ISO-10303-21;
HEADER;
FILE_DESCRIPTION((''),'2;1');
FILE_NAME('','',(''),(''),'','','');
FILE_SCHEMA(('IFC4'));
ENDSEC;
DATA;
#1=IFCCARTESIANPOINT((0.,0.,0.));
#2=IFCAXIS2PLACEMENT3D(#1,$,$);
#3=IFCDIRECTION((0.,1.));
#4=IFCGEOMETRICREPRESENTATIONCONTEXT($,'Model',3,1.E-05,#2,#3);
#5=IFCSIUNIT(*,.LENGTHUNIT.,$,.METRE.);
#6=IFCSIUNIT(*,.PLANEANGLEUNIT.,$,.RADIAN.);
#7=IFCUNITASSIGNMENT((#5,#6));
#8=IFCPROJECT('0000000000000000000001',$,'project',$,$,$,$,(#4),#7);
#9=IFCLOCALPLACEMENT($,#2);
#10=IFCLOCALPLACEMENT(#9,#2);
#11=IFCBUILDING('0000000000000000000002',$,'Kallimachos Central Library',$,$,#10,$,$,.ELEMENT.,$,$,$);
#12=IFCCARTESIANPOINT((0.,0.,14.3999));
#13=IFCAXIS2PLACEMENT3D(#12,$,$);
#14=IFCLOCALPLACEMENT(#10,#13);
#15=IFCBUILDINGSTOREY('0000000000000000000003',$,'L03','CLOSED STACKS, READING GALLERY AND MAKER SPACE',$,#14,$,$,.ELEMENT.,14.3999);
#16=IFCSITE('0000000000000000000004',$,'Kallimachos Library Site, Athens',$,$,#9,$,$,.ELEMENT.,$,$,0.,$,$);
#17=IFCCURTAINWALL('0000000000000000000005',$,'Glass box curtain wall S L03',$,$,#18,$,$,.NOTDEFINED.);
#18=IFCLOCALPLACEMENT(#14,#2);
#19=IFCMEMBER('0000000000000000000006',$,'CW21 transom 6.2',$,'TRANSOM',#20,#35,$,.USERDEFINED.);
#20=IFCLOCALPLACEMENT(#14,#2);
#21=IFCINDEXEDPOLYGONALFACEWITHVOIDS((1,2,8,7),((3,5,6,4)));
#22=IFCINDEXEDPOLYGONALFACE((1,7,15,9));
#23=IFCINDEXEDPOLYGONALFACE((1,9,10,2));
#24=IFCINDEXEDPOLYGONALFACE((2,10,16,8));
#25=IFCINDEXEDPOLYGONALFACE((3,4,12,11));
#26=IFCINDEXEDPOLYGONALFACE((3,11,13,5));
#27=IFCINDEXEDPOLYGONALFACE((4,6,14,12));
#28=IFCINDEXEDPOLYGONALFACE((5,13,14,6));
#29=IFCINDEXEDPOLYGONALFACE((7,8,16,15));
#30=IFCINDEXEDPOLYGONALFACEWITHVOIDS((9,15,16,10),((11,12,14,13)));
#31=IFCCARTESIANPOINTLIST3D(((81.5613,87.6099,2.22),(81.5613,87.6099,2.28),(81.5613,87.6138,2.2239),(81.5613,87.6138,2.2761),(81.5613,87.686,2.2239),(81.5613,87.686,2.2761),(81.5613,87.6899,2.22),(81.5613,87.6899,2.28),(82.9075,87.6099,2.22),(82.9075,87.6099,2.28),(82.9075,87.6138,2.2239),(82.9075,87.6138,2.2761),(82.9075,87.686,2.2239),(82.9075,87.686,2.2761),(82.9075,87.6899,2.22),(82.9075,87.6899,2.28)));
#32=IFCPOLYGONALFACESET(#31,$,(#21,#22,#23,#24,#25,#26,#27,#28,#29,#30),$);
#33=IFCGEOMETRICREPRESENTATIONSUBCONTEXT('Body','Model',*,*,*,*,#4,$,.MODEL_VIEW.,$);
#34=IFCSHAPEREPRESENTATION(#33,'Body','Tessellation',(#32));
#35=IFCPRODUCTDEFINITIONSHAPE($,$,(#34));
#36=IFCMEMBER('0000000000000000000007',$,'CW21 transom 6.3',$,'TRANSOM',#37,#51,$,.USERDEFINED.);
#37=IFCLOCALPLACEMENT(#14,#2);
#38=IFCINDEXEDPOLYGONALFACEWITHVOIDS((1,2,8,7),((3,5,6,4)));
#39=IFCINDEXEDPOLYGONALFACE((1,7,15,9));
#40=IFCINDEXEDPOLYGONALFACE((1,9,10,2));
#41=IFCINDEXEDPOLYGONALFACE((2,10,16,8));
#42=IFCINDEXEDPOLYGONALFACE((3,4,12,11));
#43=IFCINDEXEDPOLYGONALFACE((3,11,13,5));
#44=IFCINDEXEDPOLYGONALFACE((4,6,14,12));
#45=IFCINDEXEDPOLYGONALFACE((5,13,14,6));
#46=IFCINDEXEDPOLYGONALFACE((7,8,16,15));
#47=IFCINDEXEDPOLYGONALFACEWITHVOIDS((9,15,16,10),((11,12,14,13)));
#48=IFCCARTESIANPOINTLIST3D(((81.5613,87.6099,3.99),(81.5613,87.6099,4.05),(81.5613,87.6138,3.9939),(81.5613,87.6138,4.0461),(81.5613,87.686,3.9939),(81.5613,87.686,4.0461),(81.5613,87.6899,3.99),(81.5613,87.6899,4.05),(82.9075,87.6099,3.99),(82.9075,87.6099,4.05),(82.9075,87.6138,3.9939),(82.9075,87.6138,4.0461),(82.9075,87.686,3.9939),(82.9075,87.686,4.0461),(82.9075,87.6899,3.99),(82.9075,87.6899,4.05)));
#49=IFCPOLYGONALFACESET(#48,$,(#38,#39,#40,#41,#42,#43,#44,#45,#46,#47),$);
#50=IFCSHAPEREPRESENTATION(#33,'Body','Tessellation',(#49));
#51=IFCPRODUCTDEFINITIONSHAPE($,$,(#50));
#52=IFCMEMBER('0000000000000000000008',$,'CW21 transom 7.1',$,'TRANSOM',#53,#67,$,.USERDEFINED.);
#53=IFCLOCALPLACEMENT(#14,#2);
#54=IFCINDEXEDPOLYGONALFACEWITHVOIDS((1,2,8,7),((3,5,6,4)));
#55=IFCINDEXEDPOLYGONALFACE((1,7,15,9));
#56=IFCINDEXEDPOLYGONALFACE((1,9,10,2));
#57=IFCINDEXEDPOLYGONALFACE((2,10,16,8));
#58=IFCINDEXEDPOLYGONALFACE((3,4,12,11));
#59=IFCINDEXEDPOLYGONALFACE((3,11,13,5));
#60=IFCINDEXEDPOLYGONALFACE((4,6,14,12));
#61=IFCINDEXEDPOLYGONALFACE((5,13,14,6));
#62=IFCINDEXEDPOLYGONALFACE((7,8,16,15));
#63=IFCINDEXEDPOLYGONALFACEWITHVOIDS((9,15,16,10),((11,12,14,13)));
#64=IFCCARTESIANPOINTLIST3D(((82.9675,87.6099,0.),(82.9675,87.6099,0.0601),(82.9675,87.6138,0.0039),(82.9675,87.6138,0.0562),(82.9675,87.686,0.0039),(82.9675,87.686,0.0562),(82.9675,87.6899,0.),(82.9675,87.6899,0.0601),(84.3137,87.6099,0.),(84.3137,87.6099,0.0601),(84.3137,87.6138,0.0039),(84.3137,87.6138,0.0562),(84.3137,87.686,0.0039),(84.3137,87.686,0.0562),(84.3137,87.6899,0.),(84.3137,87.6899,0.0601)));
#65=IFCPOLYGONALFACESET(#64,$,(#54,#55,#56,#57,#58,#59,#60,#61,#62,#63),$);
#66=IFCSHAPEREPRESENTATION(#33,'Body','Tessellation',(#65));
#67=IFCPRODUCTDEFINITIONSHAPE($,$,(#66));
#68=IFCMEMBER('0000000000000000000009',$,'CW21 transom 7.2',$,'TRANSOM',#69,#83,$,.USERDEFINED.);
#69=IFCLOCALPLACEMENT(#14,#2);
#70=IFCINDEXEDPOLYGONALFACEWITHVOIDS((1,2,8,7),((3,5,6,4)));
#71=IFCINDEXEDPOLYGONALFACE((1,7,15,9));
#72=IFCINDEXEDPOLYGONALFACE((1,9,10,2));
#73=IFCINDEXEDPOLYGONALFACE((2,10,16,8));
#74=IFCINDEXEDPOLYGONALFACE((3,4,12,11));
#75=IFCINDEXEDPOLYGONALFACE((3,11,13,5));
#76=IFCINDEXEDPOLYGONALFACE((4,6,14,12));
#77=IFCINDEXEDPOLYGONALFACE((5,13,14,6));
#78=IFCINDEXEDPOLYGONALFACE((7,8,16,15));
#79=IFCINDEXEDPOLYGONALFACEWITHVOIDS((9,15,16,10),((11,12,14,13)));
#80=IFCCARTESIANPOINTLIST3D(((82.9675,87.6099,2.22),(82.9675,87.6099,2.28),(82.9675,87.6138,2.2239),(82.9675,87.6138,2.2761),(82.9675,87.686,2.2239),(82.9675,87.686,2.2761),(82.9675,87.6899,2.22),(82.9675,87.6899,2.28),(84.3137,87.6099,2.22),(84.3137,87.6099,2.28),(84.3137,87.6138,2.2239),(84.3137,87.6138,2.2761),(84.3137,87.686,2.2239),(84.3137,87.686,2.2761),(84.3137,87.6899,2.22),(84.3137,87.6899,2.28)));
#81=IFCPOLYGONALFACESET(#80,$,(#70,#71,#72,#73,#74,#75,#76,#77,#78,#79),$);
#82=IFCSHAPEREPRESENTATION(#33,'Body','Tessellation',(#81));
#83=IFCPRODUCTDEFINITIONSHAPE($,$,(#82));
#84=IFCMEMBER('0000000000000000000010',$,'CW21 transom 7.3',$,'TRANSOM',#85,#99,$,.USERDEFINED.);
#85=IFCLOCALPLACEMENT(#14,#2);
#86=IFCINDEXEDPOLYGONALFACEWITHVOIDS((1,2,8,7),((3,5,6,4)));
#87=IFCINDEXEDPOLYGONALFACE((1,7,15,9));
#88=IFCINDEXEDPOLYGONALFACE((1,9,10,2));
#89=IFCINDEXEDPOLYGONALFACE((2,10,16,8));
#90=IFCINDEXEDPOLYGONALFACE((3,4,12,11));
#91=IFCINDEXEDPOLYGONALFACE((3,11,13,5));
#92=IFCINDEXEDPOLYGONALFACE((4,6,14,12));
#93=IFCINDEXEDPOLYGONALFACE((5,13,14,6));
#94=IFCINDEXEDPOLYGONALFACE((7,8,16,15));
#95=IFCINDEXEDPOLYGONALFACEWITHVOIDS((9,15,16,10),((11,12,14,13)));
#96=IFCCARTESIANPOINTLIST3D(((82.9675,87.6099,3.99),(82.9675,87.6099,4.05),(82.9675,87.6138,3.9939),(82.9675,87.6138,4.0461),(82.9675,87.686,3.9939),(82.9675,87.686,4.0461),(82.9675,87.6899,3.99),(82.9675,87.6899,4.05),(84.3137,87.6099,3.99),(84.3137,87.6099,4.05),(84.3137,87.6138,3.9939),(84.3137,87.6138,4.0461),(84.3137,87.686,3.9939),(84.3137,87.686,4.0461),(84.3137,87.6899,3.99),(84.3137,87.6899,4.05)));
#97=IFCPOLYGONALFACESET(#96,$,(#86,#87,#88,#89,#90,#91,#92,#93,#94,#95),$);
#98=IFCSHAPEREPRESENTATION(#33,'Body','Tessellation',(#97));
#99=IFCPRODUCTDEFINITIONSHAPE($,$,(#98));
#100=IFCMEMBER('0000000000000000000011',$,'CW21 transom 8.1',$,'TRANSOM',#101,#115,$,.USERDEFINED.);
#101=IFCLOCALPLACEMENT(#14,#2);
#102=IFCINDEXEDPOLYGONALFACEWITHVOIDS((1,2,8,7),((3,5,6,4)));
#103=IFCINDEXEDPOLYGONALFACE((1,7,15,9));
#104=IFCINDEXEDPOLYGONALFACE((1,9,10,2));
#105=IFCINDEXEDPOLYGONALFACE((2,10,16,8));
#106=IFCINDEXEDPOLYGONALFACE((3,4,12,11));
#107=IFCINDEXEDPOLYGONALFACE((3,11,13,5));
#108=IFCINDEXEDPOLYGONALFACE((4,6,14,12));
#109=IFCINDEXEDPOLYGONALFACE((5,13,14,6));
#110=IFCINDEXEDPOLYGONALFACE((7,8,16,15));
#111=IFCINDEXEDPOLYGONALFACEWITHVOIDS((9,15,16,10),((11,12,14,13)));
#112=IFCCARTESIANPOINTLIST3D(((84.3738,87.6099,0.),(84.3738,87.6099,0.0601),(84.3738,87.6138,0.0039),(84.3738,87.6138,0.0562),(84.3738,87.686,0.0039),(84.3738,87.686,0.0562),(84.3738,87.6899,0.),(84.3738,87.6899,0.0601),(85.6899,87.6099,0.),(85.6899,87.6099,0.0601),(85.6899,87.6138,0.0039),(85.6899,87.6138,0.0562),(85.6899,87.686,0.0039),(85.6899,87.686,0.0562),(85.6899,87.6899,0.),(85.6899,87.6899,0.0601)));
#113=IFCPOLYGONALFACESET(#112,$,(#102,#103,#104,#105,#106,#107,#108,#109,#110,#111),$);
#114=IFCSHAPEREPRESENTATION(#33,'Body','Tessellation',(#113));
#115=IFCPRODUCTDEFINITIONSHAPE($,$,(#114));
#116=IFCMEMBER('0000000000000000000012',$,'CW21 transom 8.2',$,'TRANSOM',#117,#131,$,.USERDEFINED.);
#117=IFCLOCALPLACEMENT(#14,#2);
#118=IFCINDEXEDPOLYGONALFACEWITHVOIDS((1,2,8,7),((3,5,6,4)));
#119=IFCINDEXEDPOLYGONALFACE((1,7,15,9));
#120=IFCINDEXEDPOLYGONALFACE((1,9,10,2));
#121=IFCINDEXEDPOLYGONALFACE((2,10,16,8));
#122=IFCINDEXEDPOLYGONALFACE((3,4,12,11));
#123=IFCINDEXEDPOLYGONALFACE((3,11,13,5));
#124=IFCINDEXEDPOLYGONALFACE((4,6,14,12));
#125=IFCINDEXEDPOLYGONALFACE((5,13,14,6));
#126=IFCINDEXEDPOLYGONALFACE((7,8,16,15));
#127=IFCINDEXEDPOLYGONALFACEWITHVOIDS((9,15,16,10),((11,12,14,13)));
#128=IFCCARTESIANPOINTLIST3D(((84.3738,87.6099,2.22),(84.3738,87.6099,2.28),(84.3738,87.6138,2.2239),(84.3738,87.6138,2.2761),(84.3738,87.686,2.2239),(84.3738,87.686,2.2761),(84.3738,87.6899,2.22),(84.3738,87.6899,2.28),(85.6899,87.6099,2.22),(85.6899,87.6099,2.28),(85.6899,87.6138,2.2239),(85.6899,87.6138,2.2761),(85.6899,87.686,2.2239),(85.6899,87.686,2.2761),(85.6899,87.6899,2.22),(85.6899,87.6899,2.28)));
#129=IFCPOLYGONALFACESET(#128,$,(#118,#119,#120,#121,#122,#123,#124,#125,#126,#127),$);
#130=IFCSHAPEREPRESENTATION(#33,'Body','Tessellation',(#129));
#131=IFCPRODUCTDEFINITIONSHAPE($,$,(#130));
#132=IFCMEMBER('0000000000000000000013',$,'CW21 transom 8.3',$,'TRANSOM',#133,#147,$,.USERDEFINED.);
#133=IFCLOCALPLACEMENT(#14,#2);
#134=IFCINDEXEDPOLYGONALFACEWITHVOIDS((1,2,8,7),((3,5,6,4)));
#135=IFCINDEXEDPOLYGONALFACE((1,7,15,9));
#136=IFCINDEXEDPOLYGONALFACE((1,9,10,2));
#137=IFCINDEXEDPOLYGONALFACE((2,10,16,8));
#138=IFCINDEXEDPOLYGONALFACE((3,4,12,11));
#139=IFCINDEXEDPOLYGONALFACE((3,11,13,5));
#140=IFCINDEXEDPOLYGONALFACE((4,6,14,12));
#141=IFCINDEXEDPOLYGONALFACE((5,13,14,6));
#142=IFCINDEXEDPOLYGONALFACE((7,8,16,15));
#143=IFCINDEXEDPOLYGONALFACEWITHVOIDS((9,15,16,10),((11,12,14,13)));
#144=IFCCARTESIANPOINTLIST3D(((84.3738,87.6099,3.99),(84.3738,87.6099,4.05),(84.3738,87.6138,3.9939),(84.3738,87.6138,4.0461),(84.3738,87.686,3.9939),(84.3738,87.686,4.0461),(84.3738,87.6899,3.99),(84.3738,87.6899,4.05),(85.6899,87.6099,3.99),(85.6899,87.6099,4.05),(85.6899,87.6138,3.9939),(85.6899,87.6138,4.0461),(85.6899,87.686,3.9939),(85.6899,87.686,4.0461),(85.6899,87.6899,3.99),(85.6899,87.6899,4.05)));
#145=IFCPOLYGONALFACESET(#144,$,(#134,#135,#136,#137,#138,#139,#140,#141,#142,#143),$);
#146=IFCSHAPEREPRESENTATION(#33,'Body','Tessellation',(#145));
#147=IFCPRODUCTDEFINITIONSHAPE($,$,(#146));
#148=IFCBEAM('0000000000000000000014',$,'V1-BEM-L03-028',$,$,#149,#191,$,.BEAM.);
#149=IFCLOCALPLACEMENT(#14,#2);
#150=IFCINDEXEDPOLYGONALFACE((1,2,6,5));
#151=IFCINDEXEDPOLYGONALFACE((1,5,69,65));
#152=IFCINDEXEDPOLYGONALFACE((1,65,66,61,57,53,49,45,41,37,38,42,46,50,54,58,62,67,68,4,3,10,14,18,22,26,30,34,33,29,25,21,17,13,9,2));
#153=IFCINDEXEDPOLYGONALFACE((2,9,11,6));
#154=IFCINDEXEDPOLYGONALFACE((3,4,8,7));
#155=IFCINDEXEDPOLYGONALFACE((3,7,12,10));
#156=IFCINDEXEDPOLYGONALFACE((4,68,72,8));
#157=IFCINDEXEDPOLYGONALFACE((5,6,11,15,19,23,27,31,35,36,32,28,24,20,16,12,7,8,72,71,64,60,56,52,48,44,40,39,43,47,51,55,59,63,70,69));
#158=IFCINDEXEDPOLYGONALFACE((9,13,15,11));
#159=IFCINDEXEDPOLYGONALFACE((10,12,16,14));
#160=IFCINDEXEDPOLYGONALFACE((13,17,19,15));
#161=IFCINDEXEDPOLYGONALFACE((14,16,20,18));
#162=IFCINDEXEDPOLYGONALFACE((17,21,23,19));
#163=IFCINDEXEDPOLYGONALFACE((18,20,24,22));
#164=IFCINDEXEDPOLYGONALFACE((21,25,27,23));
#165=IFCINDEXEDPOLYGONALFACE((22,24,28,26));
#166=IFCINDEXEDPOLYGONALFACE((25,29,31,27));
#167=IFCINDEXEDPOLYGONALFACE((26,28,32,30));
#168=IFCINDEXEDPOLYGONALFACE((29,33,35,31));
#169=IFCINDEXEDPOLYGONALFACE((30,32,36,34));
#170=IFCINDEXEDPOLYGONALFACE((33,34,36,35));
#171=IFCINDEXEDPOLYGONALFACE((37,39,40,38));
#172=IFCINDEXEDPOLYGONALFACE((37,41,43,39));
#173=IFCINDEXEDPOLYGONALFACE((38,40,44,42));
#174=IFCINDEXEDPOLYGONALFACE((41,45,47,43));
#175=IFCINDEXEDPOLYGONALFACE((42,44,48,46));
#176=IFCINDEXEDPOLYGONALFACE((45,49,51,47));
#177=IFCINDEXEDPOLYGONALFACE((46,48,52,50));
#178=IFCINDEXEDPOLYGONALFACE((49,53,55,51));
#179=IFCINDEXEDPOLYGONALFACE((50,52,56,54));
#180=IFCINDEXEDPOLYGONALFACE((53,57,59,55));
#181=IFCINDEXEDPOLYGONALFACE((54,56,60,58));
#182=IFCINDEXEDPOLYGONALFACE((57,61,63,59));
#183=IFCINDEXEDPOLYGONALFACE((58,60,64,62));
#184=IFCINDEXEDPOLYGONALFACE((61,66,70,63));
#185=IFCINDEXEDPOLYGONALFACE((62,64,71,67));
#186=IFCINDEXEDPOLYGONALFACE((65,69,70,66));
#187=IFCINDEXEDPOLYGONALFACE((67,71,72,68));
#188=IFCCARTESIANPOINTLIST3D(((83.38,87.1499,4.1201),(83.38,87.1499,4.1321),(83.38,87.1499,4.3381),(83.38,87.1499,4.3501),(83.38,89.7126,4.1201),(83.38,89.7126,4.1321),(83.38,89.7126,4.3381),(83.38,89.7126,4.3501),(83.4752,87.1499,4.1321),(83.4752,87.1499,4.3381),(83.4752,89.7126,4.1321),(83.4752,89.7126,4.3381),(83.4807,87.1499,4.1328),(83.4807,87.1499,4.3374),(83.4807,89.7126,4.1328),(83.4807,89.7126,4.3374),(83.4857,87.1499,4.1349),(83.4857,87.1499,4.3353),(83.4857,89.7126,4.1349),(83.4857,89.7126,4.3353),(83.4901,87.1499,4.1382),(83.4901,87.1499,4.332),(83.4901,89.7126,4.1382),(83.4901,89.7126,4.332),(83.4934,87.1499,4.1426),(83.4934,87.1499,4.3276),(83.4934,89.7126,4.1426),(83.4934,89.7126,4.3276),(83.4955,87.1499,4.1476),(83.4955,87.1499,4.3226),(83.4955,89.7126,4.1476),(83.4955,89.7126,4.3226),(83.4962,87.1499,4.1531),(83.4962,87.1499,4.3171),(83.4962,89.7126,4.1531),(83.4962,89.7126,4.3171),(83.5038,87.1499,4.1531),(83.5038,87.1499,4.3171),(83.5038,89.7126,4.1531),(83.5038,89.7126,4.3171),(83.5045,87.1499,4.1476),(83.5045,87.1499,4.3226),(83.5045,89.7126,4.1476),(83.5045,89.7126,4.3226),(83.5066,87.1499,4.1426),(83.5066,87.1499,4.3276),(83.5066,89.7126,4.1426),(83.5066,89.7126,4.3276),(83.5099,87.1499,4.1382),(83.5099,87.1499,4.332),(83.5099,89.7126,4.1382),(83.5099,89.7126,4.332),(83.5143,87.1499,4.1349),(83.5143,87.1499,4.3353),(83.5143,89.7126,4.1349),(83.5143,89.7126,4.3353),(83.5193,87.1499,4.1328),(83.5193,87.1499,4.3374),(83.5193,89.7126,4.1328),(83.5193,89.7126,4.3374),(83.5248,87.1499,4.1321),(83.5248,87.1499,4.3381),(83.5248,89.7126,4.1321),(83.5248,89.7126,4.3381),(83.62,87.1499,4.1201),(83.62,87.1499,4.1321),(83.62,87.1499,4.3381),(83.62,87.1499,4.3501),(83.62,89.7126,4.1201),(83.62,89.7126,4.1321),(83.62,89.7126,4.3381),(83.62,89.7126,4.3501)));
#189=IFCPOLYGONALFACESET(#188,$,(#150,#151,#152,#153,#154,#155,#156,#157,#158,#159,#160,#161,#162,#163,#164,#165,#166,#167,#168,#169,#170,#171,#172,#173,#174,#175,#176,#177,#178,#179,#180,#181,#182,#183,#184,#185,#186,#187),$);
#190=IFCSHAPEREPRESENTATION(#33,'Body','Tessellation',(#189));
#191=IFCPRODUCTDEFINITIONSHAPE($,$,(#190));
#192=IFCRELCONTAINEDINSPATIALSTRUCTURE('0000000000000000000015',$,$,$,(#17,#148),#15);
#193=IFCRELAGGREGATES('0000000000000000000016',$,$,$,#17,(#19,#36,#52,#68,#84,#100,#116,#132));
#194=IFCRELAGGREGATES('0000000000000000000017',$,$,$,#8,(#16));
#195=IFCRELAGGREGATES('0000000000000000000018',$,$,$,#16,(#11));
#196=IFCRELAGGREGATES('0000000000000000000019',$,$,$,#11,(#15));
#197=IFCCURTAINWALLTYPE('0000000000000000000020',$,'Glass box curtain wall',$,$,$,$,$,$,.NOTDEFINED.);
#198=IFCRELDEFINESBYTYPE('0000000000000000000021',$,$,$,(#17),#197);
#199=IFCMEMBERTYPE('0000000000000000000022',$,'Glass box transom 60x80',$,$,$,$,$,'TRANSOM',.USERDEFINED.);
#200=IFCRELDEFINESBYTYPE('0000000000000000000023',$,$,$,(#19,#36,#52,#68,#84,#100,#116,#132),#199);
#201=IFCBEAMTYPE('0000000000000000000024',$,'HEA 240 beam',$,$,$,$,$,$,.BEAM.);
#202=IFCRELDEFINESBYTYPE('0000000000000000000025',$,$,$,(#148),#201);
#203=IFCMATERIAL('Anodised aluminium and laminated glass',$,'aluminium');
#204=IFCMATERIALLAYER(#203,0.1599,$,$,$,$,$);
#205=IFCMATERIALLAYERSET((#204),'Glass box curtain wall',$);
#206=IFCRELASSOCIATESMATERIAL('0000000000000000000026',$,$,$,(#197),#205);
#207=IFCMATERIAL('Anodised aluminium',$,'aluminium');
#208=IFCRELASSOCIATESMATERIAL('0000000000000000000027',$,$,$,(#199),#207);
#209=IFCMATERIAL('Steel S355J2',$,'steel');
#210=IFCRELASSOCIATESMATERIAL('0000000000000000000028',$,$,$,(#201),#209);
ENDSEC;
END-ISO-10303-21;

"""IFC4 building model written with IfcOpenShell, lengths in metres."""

from ifc_helpers import new_model, si_unit, direction, frame, origin, origin_2d, place, context, subcontext, project, spatial, hollow_rectangle, i_section, extrude, material, layer, layer_set, material_profile, profile_set, type_object, element, aggregate, save


model = new_model("IFC4")

# Units and contexts
model_context = context("Model", 3, precision=1e-05, world=origin(), true_north=direction((0.0, 1.0)))
body_context = subcontext(model_context, "Body", "Model", "MODEL_VIEW")
ifc_project = project(units=[si_unit("LENGTHUNIT", "METRE"), si_unit("PLANEANGLEUNIT", "RADIAN")], contexts=[model_context])

# Site, building, storey
site_placement = place(None, origin())
site = spatial("IfcSite", under=ifc_project, at=site_placement, Name="Kallimachos Library Site, Athens", CompositionType="ELEMENT", RefElevation=0.0)
building_placement = place(site_placement, origin())
building = spatial("IfcBuilding", under=site, at=building_placement, Name="Kallimachos Central Library", CompositionType="ELEMENT")
storey_placement = place(building_placement, frame((0.0, 0.0, 14.3999)))
storey = spatial("IfcBuildingStorey", under=building, at=storey_placement, Name="L03", Description="CLOSED STACKS, READING GALLERY AND MAKER SPACE", CompositionType="ELEMENT", Elevation=14.3999)

# Curtain wall, members
ifc_material_1 = material(Name="Anodised aluminium and laminated glass", Category="aluminium")
ifc_layer_1 = layer(ifc_material_1, 0.1599)
ifc_layer_set_1 = layer_set([ifc_layer_1], Name="Glass box curtain wall")
curtain_wall_type_1 = type_object("IfcCurtainWallType", Name="Glass box curtain wall", PredefinedType="NOTDEFINED", material=ifc_layer_set_1)
curtain_wall_1_placement = place(storey_placement, origin())
curtain_wall_1 = element("IfcCurtainWall", 1, at=curtain_wall_1_placement, inside=storey, type_object=curtain_wall_type_1, Name="Glass box curtain wall S L03", PredefinedType="NOTDEFINED")
ifc_material_2 = material(Name="Anodised aluminium", Category="aluminium")
ifc_material_profile_1 = material_profile(ifc_material_2, hollow_rectangle(XDim=0.0601, YDim=0.0801, WallThickness=0.0039, at=origin_2d()), Name="ALU TRANSOM 60x80")
ifc_profile_set_1 = profile_set([ifc_material_profile_1], Name="Anodised aluminium")
member_type_1 = type_object("IfcMemberType", Name="Glass box transom 60x80", ElementType="TRANSOM", PredefinedType="USERDEFINED", material=ifc_profile_set_1)
member_1_placement = place(storey_placement, frame((81.5613, 87.6499, 2.25), z_axis=(1.0, 0.0, 0.0), x_axis=(0.0, 0.0, 1.0)))
member_1 = element("IfcMember", 2, at=member_1_placement, type_object=member_type_1, Name="CW21 transom 6.2", ObjectType="TRANSOM", PredefinedType="USERDEFINED", context=body_context, shape_type="SweptSolid", body=[
    extrude(hollow_rectangle(XDim=0.0601, YDim=0.0801, WallThickness=0.0039, at=origin_2d()), origin(), (0.0, 0.0, 1.0), 1.3462),
])
member_2_placement = place(storey_placement, frame((81.5613, 87.6499, 4.02), z_axis=(1.0, 0.0, 0.0), x_axis=(0.0, 0.0, 1.0)))
member_2 = element("IfcMember", 3, at=member_2_placement, type_object=member_type_1, Name="CW21 transom 6.3", ObjectType="TRANSOM", PredefinedType="USERDEFINED", context=body_context, shape_type="SweptSolid", body=[
    extrude(hollow_rectangle(XDim=0.0601, YDim=0.0801, WallThickness=0.0039, at=origin_2d()), origin(), (0.0, 0.0, 1.0), 1.3462),
])
member_3_placement = place(storey_placement, frame((82.9675, 87.6499, 0.03), z_axis=(1.0, 0.0, 0.0), x_axis=(0.0, 0.0, 1.0)))
member_3 = element("IfcMember", 4, at=member_3_placement, type_object=member_type_1, Name="CW21 transom 7.1", ObjectType="TRANSOM", PredefinedType="USERDEFINED", context=body_context, shape_type="SweptSolid", body=[
    extrude(hollow_rectangle(XDim=0.0601, YDim=0.0801, WallThickness=0.0039, at=origin_2d()), origin(), (0.0, 0.0, 1.0), 1.3462),
])
member_4_placement = place(storey_placement, frame((82.9675, 87.6499, 2.25), z_axis=(1.0, 0.0, 0.0), x_axis=(0.0, 0.0, 1.0)))
member_4 = element("IfcMember", 5, at=member_4_placement, type_object=member_type_1, Name="CW21 transom 7.2", ObjectType="TRANSOM", PredefinedType="USERDEFINED", context=body_context, shape_type="SweptSolid", body=[
    extrude(hollow_rectangle(XDim=0.0601, YDim=0.0801, WallThickness=0.0039, at=origin_2d()), origin(), (0.0, 0.0, 1.0), 1.3462),
])
member_5_placement = place(storey_placement, frame((82.9675, 87.6499, 4.02), z_axis=(1.0, 0.0, 0.0), x_axis=(0.0, 0.0, 1.0)))
member_5 = element("IfcMember", 6, at=member_5_placement, type_object=member_type_1, Name="CW21 transom 7.3", ObjectType="TRANSOM", PredefinedType="USERDEFINED", context=body_context, shape_type="SweptSolid", body=[
    extrude(hollow_rectangle(XDim=0.0601, YDim=0.0801, WallThickness=0.0039, at=origin_2d()), origin(), (0.0, 0.0, 1.0), 1.3462),
])
member_6_placement = place(storey_placement, frame((84.3738, 87.6499, 0.03), z_axis=(1.0, 0.0, 0.0), x_axis=(0.0, 0.0, 1.0)))
member_6 = element("IfcMember", 7, at=member_6_placement, type_object=member_type_1, Name="CW21 transom 8.1", ObjectType="TRANSOM", PredefinedType="USERDEFINED", context=body_context, shape_type="SweptSolid", body=[
    extrude(hollow_rectangle(XDim=0.0601, YDim=0.0801, WallThickness=0.0039, at=origin_2d()), origin(), (0.0, 0.0, 1.0), 1.3162),
])
member_7_placement = place(storey_placement, frame((84.3738, 87.6499, 2.25), z_axis=(1.0, 0.0, 0.0), x_axis=(0.0, 0.0, 1.0)))
member_7 = element("IfcMember", 8, at=member_7_placement, type_object=member_type_1, Name="CW21 transom 8.2", ObjectType="TRANSOM", PredefinedType="USERDEFINED", context=body_context, shape_type="SweptSolid", body=[
    extrude(hollow_rectangle(XDim=0.0601, YDim=0.0801, WallThickness=0.0039, at=origin_2d()), origin(), (0.0, 0.0, 1.0), 1.3162),
])
member_8_placement = place(storey_placement, frame((84.3738, 87.6499, 4.02), z_axis=(1.0, 0.0, 0.0), x_axis=(0.0, 0.0, 1.0)))
member_8 = element("IfcMember", 9, at=member_8_placement, type_object=member_type_1, Name="CW21 transom 8.3", ObjectType="TRANSOM", PredefinedType="USERDEFINED", context=body_context, shape_type="SweptSolid", body=[
    extrude(hollow_rectangle(XDim=0.0601, YDim=0.0801, WallThickness=0.0039, at=origin_2d()), origin(), (0.0, 0.0, 1.0), 1.3162),
])

# Beam
ifc_material_3 = material(Name="Steel S355J2", Category="steel")
ifc_material_profile_2 = material_profile(ifc_material_3, i_section(OverallWidth=0.24, OverallDepth=0.23, WebThickness=0.0076, FlangeThickness=0.012, FilletRadius=0.021, at=origin_2d()), Name="HEA 240")
ifc_profile_set_2 = profile_set([ifc_material_profile_2], Name="Steel S355J2")
beam_type_1 = type_object("IfcBeamType", Name="HEA 240 beam", PredefinedType="BEAM", material=ifc_profile_set_2)
beam_1_placement = place(storey_placement, frame((83.5, 87.1499, 4.2351), z_axis=(0.0, 1.0, 0.0), x_axis=(-1.0, 0.0, 0.0)))
element("IfcBeam", 10, at=beam_1_placement, inside=storey, type_object=beam_type_1, Name="V1-BEM-L03-028", PredefinedType="BEAM", context=body_context, shape_type="SweptSolid", body=[
    extrude(i_section(OverallWidth=0.24, OverallDepth=0.23, WebThickness=0.0076, FlangeThickness=0.012, FilletRadius=0.021, at=origin_2d()), origin(), (0.0, 0.0, 1.0), 2.5627),
])

aggregate(curtain_wall_1, [member_1, member_2, member_3, member_4, member_5, member_6, member_7, member_8])

save(model, "model.ifc")
